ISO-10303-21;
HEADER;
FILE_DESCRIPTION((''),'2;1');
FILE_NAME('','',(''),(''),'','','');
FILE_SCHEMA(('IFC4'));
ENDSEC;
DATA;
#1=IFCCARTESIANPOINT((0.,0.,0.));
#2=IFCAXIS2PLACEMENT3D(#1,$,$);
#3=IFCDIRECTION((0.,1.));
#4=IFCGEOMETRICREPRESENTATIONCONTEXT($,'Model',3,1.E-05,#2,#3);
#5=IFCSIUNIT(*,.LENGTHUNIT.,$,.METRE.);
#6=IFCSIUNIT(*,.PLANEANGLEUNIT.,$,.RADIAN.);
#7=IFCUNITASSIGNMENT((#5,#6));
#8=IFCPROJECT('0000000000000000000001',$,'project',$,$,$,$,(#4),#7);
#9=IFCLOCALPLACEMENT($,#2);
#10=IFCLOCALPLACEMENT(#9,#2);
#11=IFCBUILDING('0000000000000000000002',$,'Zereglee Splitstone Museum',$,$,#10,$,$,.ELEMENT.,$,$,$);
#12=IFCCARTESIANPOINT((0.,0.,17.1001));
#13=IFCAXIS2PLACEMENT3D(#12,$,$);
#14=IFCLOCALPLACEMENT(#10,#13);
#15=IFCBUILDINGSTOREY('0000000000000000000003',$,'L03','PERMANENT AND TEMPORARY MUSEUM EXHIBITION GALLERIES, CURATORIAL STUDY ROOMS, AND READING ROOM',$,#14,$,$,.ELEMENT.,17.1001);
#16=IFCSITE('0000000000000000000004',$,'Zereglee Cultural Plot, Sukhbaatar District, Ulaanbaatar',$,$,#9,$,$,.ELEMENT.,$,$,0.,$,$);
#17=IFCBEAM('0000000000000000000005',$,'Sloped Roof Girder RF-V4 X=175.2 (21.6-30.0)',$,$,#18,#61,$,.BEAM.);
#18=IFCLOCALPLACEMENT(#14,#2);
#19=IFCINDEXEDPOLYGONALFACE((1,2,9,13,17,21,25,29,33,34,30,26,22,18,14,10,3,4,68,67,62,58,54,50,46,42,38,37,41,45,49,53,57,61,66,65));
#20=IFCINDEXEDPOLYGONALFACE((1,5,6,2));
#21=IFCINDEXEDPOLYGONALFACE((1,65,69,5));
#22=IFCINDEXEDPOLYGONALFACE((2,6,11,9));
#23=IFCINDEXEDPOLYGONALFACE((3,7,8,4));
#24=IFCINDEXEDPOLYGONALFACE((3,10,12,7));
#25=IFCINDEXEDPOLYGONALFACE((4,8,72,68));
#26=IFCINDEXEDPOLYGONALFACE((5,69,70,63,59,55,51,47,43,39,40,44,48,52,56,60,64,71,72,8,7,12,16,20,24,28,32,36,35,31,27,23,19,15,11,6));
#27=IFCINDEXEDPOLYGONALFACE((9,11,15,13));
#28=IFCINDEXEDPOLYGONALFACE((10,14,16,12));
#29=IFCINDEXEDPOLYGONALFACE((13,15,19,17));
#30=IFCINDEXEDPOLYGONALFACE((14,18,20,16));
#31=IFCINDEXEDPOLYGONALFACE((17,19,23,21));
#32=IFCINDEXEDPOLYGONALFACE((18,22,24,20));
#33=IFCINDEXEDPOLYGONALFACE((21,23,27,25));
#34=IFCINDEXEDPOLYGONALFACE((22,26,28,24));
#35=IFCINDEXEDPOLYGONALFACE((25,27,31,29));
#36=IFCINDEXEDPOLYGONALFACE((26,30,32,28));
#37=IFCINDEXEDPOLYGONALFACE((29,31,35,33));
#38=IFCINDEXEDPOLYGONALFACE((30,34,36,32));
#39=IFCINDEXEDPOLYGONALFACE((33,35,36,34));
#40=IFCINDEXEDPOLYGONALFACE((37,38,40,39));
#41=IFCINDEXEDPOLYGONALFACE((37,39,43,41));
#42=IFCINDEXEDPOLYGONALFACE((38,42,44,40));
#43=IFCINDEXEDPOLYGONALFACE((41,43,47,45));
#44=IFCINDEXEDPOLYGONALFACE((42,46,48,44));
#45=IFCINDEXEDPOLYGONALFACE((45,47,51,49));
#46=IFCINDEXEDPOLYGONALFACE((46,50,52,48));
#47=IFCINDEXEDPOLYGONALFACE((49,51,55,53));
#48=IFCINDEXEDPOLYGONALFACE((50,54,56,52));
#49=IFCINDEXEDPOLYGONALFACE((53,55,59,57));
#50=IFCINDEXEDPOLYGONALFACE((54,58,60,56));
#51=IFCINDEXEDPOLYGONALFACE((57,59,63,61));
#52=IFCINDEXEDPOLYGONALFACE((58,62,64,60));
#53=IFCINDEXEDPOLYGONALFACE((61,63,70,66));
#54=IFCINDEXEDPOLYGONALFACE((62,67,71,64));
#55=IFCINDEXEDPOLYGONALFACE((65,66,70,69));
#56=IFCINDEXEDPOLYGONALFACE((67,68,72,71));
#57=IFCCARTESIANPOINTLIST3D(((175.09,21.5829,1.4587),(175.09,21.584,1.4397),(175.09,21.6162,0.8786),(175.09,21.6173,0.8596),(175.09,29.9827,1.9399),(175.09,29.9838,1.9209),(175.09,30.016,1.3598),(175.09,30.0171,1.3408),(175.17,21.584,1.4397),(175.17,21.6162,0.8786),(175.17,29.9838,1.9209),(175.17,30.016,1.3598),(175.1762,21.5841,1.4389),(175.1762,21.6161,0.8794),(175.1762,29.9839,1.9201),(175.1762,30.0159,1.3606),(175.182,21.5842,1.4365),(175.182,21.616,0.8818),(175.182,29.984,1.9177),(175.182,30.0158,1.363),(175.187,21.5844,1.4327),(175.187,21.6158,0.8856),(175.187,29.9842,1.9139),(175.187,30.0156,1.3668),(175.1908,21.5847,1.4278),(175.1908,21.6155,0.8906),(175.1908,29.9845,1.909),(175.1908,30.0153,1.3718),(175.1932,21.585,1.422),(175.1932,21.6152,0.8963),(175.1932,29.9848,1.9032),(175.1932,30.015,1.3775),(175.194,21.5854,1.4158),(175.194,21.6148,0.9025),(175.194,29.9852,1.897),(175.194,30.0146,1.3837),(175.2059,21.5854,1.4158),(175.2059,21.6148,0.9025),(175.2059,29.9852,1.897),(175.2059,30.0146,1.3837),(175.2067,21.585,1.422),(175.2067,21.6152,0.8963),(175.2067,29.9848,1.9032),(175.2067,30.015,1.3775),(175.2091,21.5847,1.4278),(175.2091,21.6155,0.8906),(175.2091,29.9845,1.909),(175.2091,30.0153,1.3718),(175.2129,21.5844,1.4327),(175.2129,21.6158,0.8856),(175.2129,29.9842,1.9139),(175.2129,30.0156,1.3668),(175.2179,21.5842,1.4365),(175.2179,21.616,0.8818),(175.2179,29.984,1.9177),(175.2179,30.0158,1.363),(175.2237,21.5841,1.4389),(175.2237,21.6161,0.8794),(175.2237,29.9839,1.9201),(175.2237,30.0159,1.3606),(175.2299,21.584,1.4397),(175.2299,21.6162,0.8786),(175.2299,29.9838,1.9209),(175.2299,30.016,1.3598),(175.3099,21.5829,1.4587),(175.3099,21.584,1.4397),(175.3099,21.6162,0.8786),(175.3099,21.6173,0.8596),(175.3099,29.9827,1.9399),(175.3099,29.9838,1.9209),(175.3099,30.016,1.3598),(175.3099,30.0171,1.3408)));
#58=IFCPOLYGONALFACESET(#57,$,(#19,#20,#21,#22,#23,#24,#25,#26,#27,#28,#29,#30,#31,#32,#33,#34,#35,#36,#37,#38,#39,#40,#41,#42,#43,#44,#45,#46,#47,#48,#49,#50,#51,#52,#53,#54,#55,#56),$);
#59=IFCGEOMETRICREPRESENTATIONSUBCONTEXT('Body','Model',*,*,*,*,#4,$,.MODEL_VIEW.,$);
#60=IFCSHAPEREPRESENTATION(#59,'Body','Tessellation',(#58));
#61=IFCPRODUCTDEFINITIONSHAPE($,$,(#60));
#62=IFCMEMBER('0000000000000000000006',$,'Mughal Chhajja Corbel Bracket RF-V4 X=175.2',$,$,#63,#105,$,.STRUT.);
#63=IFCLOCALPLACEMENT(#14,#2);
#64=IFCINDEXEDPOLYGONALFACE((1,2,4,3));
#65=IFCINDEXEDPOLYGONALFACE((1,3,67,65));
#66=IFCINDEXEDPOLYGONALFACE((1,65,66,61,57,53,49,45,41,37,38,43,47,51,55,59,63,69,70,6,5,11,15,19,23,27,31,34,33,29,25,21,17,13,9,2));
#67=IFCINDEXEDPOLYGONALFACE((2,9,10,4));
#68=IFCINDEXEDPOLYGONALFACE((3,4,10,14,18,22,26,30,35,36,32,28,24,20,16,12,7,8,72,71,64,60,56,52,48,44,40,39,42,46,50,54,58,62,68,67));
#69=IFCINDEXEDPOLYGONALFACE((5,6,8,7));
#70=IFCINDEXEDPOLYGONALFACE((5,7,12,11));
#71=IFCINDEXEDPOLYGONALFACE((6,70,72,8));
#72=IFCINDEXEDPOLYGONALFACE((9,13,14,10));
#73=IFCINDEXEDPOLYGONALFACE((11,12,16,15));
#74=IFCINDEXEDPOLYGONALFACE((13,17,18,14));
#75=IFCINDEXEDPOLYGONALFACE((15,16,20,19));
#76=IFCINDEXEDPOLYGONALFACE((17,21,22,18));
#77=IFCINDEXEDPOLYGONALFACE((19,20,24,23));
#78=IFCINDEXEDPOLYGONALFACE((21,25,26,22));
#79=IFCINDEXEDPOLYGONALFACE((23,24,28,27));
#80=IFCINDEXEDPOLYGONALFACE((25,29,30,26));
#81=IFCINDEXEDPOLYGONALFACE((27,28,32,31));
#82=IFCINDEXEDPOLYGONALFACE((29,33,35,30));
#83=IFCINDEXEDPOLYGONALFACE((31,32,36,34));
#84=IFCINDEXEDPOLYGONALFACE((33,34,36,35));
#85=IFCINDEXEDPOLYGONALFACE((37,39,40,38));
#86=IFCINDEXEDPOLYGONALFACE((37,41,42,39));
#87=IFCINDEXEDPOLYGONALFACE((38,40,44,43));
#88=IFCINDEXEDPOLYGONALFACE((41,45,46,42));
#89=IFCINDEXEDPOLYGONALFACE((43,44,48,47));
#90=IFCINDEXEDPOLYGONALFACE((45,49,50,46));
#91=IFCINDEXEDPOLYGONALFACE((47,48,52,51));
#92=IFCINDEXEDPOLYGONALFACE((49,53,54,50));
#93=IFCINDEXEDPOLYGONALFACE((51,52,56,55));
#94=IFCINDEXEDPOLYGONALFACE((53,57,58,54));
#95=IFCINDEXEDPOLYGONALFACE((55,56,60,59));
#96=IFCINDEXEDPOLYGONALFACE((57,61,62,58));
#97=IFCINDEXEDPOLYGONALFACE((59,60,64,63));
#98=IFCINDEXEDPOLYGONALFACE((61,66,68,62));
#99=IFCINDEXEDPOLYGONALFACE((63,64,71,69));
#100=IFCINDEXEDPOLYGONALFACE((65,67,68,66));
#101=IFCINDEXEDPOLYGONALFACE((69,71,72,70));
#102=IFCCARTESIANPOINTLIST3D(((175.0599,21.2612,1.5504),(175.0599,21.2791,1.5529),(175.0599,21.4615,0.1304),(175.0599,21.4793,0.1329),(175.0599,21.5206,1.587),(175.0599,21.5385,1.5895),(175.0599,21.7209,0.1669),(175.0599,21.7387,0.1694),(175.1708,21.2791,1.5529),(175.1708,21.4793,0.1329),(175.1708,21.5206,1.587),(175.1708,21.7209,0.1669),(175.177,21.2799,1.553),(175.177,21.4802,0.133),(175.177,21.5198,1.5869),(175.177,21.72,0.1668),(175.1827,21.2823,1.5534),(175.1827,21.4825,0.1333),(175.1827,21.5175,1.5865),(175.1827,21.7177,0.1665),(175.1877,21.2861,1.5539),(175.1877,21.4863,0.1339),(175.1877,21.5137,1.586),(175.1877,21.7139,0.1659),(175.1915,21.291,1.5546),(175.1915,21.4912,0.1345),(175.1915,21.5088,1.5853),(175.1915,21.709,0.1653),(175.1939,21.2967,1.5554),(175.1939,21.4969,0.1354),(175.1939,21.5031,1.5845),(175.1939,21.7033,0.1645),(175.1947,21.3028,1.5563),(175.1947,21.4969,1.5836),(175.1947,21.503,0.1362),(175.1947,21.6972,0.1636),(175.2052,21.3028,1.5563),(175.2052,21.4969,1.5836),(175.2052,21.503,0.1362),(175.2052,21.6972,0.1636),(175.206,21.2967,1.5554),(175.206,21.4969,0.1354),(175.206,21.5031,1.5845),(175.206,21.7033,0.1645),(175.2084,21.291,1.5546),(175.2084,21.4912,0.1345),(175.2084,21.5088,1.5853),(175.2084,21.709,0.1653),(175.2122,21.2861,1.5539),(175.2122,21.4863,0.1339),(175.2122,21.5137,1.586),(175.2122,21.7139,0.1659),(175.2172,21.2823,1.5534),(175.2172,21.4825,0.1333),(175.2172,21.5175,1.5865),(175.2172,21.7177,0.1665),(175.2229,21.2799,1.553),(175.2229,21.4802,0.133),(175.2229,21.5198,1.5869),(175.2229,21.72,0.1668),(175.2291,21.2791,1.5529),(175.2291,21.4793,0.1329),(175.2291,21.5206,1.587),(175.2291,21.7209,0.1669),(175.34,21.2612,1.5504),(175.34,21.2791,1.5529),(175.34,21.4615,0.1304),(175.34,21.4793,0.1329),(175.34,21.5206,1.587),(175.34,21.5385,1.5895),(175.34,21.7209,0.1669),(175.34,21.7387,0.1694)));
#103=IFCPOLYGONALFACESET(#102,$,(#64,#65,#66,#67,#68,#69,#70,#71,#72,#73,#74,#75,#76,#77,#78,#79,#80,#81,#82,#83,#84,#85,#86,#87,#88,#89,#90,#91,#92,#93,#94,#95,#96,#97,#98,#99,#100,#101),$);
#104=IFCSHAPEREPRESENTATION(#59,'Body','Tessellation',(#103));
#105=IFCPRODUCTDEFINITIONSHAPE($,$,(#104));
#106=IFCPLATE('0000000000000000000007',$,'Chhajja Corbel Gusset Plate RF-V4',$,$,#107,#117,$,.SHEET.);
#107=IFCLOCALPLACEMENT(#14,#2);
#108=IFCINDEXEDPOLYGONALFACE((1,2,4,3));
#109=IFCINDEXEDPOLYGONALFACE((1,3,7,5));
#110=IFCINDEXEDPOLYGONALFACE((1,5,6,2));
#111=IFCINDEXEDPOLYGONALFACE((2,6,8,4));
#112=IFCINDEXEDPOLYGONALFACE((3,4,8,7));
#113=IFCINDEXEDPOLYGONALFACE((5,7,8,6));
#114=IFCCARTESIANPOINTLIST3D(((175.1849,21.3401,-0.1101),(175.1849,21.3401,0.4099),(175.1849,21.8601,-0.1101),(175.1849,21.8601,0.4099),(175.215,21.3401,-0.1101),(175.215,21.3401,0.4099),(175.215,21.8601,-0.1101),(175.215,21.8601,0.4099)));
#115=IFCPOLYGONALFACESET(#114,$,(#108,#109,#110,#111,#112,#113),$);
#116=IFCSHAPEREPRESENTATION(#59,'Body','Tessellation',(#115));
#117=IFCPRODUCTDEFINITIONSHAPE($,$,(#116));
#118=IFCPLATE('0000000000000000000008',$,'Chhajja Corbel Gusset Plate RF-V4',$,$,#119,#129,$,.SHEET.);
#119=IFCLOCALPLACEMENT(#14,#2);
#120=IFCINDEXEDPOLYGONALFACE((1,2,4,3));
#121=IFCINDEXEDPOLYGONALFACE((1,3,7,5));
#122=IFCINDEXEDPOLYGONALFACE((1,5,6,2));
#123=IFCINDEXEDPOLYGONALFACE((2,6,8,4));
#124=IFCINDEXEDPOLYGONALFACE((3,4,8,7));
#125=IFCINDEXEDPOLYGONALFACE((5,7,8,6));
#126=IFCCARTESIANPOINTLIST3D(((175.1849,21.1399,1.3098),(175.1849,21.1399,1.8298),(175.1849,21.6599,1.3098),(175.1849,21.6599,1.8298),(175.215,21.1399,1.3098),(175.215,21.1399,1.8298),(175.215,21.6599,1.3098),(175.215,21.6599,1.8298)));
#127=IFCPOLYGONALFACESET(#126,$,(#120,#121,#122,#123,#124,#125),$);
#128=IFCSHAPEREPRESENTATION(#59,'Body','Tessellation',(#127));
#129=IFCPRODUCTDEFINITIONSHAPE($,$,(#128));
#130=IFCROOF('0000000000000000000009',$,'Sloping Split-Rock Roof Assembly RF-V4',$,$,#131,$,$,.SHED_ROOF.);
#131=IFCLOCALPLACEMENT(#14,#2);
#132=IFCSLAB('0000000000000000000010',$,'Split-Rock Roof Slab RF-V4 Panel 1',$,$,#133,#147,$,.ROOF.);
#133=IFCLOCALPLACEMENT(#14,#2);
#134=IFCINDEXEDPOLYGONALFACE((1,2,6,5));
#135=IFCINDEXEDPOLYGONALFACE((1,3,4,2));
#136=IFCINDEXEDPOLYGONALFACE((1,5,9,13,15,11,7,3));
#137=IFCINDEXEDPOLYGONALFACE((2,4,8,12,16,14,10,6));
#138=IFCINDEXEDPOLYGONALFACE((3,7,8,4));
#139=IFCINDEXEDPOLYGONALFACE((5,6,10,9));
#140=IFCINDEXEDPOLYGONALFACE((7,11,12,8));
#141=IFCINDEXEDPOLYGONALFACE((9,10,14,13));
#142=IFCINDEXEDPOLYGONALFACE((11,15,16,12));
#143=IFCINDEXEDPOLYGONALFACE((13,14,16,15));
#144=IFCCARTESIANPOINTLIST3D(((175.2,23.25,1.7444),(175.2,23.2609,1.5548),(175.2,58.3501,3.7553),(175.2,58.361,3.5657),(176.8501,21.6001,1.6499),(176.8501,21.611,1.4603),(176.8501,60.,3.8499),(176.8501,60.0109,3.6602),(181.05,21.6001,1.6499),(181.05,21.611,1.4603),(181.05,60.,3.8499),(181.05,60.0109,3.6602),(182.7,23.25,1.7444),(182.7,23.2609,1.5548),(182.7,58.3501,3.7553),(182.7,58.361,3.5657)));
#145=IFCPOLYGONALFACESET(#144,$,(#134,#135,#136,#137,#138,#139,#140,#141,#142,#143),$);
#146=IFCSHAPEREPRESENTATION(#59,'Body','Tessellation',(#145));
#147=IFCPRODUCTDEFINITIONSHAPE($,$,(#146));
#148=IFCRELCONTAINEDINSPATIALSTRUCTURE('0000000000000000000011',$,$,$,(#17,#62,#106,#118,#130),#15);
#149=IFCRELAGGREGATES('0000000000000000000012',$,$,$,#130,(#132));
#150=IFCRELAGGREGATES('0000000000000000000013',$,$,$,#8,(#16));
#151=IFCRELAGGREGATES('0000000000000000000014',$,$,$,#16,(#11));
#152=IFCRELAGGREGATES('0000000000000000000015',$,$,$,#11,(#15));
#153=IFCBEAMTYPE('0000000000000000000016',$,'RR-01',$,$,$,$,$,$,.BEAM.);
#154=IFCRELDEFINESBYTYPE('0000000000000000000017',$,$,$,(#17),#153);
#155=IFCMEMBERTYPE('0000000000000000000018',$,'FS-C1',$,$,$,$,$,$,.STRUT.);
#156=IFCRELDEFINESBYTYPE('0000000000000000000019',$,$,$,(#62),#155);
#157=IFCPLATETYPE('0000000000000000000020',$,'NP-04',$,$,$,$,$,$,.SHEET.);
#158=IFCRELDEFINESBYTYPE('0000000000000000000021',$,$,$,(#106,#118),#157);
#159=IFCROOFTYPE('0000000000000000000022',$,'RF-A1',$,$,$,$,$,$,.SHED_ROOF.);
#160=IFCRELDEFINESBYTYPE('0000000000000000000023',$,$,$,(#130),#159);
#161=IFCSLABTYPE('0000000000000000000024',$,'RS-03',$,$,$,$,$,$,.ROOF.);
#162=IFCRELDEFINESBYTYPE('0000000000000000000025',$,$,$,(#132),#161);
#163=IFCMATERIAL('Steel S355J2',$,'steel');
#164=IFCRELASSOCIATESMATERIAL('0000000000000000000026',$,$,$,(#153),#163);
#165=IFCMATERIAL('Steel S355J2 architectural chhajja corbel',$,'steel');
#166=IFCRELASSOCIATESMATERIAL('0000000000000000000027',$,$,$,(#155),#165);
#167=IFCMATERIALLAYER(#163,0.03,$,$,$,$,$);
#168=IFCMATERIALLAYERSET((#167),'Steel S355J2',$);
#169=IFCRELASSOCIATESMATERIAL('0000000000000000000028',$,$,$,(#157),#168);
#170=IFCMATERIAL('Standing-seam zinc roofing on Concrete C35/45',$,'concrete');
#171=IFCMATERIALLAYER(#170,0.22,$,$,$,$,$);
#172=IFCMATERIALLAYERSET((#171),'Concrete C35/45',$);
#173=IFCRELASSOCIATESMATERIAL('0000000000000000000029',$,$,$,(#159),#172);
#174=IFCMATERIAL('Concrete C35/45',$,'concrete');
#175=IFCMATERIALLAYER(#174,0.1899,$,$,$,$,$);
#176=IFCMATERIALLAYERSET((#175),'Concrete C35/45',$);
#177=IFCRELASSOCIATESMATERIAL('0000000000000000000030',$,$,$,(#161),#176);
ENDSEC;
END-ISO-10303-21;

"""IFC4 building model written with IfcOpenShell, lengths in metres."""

from ifc_helpers import new_model, si_unit, direction, frame, origin, origin_2d, place, context, subcontext, project, spatial, polyline, rectangle, i_section, outline, extrude, material, layer, layer_set, material_profile, profile_set, type_object, element, aggregate, save


model = new_model("IFC4")

# Units and contexts
model_context = context("Model", 3, precision=1e-05, world=origin(), true_north=direction((0.0, 1.0)))
body_context = subcontext(model_context, "Body", "Model", "MODEL_VIEW")
ifc_project = project(units=[si_unit("LENGTHUNIT", "METRE"), si_unit("PLANEANGLEUNIT", "RADIAN")], contexts=[model_context])

# Site, building, storey
site_placement = place(None, origin())
site = spatial("IfcSite", under=ifc_project, at=site_placement, Name="Zereglee Cultural Plot, Sukhbaatar District, Ulaanbaatar", CompositionType="ELEMENT", RefElevation=0.0)
building_placement = place(site_placement, origin())
building = spatial("IfcBuilding", under=site, at=building_placement, Name="Zereglee Splitstone Museum", CompositionType="ELEMENT")
storey_placement = place(building_placement, frame((0.0, 0.0, 17.1001)))
storey = spatial("IfcBuildingStorey", under=building, at=storey_placement, Name="L03", Description="PERMANENT AND TEMPORARY MUSEUM EXHIBITION GALLERIES, CURATORIAL STUDY ROOMS, AND READING ROOM", CompositionType="ELEMENT", Elevation=17.1001)

# Shared definitions
ifc_material_1 = material(Name="Steel S355J2", Category="steel")

# Beam
ifc_material_profile_1 = material_profile(ifc_material_1, i_section(OverallWidth=0.22, OverallDepth=0.6001, WebThickness=0.012, FlangeThickness=0.019, FilletRadius=0.0239, at=origin_2d()), Name="IPE 600")
ifc_profile_set_1 = profile_set([ifc_material_profile_1], Name="Steel S355J2")
beam_type_1 = type_object("IfcBeamType", Name="RR-01", PredefinedType="BEAM", material=ifc_profile_set_1)
beam_1_placement = place(storey_placement, frame((175.2, 21.6001, 1.1592), z_axis=(0.0, 0.998363, 0.057193), x_axis=(-1.0, 0.0, 0.0)))
element("IfcBeam", 1, at=beam_1_placement, inside=storey, type_object=beam_type_1, Name="Sloped Roof Girder RF-V4 X=175.2 (21.6-30.0)", PredefinedType="BEAM", context=body_context, shape_type="SweptSolid", body=[
    extrude(i_section(OverallWidth=0.22, OverallDepth=0.6001, WebThickness=0.012, FlangeThickness=0.019, FilletRadius=0.0239, at=origin_2d()), origin(), (0.0, 0.0, 1.0), 8.4136),
])

# Member
ifc_material_2 = material(Name="Steel S355J2 architectural chhajja corbel", Category="steel")
ifc_material_profile_2 = material_profile(ifc_material_2, i_section(OverallWidth=0.28, OverallDepth=0.28, WebThickness=0.0105, FlangeThickness=0.0181, FilletRadius=0.0239, at=origin_2d()), Name="HE 280 B")
ifc_profile_set_2 = profile_set([ifc_material_profile_2], Name="Steel S355J2 architectural chhajja corbel")
member_type_1 = type_object("IfcMemberType", Name="FS-C1", PredefinedType="STRUT", material=ifc_profile_set_2)
member_1_placement = place(storey_placement, frame((175.2, 21.6001, 0.1499), z_axis=(0.0, -0.13961, 0.990207), x_axis=(1.0, 0.0, 0.0)))
element("IfcMember", 2, at=member_1_placement, inside=storey, type_object=member_type_1, Name="Mughal Chhajja Corbel Bracket RF-V4 X=175.2", PredefinedType="STRUT", context=body_context, shape_type="SweptSolid", body=[
    extrude(i_section(OverallWidth=0.28, OverallDepth=0.28, WebThickness=0.0105, FlangeThickness=0.0181, FilletRadius=0.0239, at=origin_2d()), origin(), (0.0, 0.0, 1.0), 1.4341),
])

# Plates
ifc_layer_1 = layer(ifc_material_1, 0.03)
ifc_layer_set_1 = layer_set([ifc_layer_1], Name="Steel S355J2")
plate_type = type_object("IfcPlateType", Name="NP-04", PredefinedType="SHEET", material=ifc_layer_set_1)
for number, where, z_axis, x_axis, name in (
    (3, (175.2, 21.6001, -0.1101), (0.0, 0.0, 1.0), (1.0, 0.0, 0.0), "Chhajja Corbel Gusset Plate RF-V4"),
    (4, (175.2, 21.3999, 1.3098), (0.0, 0.0, 1.0), (1.0, 0.0, 0.0), "Chhajja Corbel Gusset Plate RF-V4"),
):
    element("IfcPlate", number, at=place(storey_placement, frame(where, z_axis=z_axis, x_axis=x_axis)), inside=storey, type_object=plate_type, Name=name, PredefinedType="SHEET", context=body_context, shape_type="SweptSolid", body=[
        extrude(rectangle(XDim=0.03, YDim=0.52, at=origin_2d()), origin(), (0.0, 0.0, 1.0), 0.52),
    ])

# Roof, slab
ifc_material_3 = material(Name="Standing-seam zinc roofing on Concrete C35/45", Category="concrete")
ifc_layer_2 = layer(ifc_material_3, 0.22)
ifc_layer_set_2 = layer_set([ifc_layer_2], Name="Concrete C35/45")
roof_type = type_object("IfcRoofType", Name="RF-A1", PredefinedType="SHED_ROOF", material=ifc_layer_set_2)
roof_placement = place(storey_placement, origin())
roof = element("IfcRoof", 5, at=roof_placement, inside=storey, type_object=roof_type, Name="Sloping Split-Rock Roof Assembly RF-V4", PredefinedType="SHED_ROOF")
ifc_material_4 = material(Name="Concrete C35/45", Category="concrete")
ifc_layer_3 = layer(ifc_material_4, 0.1899)
ifc_layer_set_3 = layer_set([ifc_layer_3], Name="Concrete C35/45")
slab_type = type_object("IfcSlabType", Name="RS-03", PredefinedType="ROOF", material=ifc_layer_set_3)
slab_placement = place(storey_placement, frame((176.8501, 21.6001, 1.6499), z_axis=(0.0, -0.057197, 0.998363), x_axis=(1.0, 0.0, 0.0)))
slab = element("IfcSlab", 6, at=slab_placement, type_object=slab_type, Name="Split-Rock Roof Slab RF-V4 Panel 1", PredefinedType="ROOF", context=body_context, shape_type="SweptSolid", body=[
    extrude(outline(polyline([(0.0, 0.0), (4.2, 0.0), (5.8499, 1.6526), (5.8499, 36.8103), (4.2, 38.4629), (0.0, 38.4629), (-1.6501, 36.8103), (-1.6501, 1.6526), (0.0, 0.0)])), origin(), (0.0, 0.0, -1.0), 0.1899),
])
aggregate(roof, [slab])

save(model, "model.ifc")
